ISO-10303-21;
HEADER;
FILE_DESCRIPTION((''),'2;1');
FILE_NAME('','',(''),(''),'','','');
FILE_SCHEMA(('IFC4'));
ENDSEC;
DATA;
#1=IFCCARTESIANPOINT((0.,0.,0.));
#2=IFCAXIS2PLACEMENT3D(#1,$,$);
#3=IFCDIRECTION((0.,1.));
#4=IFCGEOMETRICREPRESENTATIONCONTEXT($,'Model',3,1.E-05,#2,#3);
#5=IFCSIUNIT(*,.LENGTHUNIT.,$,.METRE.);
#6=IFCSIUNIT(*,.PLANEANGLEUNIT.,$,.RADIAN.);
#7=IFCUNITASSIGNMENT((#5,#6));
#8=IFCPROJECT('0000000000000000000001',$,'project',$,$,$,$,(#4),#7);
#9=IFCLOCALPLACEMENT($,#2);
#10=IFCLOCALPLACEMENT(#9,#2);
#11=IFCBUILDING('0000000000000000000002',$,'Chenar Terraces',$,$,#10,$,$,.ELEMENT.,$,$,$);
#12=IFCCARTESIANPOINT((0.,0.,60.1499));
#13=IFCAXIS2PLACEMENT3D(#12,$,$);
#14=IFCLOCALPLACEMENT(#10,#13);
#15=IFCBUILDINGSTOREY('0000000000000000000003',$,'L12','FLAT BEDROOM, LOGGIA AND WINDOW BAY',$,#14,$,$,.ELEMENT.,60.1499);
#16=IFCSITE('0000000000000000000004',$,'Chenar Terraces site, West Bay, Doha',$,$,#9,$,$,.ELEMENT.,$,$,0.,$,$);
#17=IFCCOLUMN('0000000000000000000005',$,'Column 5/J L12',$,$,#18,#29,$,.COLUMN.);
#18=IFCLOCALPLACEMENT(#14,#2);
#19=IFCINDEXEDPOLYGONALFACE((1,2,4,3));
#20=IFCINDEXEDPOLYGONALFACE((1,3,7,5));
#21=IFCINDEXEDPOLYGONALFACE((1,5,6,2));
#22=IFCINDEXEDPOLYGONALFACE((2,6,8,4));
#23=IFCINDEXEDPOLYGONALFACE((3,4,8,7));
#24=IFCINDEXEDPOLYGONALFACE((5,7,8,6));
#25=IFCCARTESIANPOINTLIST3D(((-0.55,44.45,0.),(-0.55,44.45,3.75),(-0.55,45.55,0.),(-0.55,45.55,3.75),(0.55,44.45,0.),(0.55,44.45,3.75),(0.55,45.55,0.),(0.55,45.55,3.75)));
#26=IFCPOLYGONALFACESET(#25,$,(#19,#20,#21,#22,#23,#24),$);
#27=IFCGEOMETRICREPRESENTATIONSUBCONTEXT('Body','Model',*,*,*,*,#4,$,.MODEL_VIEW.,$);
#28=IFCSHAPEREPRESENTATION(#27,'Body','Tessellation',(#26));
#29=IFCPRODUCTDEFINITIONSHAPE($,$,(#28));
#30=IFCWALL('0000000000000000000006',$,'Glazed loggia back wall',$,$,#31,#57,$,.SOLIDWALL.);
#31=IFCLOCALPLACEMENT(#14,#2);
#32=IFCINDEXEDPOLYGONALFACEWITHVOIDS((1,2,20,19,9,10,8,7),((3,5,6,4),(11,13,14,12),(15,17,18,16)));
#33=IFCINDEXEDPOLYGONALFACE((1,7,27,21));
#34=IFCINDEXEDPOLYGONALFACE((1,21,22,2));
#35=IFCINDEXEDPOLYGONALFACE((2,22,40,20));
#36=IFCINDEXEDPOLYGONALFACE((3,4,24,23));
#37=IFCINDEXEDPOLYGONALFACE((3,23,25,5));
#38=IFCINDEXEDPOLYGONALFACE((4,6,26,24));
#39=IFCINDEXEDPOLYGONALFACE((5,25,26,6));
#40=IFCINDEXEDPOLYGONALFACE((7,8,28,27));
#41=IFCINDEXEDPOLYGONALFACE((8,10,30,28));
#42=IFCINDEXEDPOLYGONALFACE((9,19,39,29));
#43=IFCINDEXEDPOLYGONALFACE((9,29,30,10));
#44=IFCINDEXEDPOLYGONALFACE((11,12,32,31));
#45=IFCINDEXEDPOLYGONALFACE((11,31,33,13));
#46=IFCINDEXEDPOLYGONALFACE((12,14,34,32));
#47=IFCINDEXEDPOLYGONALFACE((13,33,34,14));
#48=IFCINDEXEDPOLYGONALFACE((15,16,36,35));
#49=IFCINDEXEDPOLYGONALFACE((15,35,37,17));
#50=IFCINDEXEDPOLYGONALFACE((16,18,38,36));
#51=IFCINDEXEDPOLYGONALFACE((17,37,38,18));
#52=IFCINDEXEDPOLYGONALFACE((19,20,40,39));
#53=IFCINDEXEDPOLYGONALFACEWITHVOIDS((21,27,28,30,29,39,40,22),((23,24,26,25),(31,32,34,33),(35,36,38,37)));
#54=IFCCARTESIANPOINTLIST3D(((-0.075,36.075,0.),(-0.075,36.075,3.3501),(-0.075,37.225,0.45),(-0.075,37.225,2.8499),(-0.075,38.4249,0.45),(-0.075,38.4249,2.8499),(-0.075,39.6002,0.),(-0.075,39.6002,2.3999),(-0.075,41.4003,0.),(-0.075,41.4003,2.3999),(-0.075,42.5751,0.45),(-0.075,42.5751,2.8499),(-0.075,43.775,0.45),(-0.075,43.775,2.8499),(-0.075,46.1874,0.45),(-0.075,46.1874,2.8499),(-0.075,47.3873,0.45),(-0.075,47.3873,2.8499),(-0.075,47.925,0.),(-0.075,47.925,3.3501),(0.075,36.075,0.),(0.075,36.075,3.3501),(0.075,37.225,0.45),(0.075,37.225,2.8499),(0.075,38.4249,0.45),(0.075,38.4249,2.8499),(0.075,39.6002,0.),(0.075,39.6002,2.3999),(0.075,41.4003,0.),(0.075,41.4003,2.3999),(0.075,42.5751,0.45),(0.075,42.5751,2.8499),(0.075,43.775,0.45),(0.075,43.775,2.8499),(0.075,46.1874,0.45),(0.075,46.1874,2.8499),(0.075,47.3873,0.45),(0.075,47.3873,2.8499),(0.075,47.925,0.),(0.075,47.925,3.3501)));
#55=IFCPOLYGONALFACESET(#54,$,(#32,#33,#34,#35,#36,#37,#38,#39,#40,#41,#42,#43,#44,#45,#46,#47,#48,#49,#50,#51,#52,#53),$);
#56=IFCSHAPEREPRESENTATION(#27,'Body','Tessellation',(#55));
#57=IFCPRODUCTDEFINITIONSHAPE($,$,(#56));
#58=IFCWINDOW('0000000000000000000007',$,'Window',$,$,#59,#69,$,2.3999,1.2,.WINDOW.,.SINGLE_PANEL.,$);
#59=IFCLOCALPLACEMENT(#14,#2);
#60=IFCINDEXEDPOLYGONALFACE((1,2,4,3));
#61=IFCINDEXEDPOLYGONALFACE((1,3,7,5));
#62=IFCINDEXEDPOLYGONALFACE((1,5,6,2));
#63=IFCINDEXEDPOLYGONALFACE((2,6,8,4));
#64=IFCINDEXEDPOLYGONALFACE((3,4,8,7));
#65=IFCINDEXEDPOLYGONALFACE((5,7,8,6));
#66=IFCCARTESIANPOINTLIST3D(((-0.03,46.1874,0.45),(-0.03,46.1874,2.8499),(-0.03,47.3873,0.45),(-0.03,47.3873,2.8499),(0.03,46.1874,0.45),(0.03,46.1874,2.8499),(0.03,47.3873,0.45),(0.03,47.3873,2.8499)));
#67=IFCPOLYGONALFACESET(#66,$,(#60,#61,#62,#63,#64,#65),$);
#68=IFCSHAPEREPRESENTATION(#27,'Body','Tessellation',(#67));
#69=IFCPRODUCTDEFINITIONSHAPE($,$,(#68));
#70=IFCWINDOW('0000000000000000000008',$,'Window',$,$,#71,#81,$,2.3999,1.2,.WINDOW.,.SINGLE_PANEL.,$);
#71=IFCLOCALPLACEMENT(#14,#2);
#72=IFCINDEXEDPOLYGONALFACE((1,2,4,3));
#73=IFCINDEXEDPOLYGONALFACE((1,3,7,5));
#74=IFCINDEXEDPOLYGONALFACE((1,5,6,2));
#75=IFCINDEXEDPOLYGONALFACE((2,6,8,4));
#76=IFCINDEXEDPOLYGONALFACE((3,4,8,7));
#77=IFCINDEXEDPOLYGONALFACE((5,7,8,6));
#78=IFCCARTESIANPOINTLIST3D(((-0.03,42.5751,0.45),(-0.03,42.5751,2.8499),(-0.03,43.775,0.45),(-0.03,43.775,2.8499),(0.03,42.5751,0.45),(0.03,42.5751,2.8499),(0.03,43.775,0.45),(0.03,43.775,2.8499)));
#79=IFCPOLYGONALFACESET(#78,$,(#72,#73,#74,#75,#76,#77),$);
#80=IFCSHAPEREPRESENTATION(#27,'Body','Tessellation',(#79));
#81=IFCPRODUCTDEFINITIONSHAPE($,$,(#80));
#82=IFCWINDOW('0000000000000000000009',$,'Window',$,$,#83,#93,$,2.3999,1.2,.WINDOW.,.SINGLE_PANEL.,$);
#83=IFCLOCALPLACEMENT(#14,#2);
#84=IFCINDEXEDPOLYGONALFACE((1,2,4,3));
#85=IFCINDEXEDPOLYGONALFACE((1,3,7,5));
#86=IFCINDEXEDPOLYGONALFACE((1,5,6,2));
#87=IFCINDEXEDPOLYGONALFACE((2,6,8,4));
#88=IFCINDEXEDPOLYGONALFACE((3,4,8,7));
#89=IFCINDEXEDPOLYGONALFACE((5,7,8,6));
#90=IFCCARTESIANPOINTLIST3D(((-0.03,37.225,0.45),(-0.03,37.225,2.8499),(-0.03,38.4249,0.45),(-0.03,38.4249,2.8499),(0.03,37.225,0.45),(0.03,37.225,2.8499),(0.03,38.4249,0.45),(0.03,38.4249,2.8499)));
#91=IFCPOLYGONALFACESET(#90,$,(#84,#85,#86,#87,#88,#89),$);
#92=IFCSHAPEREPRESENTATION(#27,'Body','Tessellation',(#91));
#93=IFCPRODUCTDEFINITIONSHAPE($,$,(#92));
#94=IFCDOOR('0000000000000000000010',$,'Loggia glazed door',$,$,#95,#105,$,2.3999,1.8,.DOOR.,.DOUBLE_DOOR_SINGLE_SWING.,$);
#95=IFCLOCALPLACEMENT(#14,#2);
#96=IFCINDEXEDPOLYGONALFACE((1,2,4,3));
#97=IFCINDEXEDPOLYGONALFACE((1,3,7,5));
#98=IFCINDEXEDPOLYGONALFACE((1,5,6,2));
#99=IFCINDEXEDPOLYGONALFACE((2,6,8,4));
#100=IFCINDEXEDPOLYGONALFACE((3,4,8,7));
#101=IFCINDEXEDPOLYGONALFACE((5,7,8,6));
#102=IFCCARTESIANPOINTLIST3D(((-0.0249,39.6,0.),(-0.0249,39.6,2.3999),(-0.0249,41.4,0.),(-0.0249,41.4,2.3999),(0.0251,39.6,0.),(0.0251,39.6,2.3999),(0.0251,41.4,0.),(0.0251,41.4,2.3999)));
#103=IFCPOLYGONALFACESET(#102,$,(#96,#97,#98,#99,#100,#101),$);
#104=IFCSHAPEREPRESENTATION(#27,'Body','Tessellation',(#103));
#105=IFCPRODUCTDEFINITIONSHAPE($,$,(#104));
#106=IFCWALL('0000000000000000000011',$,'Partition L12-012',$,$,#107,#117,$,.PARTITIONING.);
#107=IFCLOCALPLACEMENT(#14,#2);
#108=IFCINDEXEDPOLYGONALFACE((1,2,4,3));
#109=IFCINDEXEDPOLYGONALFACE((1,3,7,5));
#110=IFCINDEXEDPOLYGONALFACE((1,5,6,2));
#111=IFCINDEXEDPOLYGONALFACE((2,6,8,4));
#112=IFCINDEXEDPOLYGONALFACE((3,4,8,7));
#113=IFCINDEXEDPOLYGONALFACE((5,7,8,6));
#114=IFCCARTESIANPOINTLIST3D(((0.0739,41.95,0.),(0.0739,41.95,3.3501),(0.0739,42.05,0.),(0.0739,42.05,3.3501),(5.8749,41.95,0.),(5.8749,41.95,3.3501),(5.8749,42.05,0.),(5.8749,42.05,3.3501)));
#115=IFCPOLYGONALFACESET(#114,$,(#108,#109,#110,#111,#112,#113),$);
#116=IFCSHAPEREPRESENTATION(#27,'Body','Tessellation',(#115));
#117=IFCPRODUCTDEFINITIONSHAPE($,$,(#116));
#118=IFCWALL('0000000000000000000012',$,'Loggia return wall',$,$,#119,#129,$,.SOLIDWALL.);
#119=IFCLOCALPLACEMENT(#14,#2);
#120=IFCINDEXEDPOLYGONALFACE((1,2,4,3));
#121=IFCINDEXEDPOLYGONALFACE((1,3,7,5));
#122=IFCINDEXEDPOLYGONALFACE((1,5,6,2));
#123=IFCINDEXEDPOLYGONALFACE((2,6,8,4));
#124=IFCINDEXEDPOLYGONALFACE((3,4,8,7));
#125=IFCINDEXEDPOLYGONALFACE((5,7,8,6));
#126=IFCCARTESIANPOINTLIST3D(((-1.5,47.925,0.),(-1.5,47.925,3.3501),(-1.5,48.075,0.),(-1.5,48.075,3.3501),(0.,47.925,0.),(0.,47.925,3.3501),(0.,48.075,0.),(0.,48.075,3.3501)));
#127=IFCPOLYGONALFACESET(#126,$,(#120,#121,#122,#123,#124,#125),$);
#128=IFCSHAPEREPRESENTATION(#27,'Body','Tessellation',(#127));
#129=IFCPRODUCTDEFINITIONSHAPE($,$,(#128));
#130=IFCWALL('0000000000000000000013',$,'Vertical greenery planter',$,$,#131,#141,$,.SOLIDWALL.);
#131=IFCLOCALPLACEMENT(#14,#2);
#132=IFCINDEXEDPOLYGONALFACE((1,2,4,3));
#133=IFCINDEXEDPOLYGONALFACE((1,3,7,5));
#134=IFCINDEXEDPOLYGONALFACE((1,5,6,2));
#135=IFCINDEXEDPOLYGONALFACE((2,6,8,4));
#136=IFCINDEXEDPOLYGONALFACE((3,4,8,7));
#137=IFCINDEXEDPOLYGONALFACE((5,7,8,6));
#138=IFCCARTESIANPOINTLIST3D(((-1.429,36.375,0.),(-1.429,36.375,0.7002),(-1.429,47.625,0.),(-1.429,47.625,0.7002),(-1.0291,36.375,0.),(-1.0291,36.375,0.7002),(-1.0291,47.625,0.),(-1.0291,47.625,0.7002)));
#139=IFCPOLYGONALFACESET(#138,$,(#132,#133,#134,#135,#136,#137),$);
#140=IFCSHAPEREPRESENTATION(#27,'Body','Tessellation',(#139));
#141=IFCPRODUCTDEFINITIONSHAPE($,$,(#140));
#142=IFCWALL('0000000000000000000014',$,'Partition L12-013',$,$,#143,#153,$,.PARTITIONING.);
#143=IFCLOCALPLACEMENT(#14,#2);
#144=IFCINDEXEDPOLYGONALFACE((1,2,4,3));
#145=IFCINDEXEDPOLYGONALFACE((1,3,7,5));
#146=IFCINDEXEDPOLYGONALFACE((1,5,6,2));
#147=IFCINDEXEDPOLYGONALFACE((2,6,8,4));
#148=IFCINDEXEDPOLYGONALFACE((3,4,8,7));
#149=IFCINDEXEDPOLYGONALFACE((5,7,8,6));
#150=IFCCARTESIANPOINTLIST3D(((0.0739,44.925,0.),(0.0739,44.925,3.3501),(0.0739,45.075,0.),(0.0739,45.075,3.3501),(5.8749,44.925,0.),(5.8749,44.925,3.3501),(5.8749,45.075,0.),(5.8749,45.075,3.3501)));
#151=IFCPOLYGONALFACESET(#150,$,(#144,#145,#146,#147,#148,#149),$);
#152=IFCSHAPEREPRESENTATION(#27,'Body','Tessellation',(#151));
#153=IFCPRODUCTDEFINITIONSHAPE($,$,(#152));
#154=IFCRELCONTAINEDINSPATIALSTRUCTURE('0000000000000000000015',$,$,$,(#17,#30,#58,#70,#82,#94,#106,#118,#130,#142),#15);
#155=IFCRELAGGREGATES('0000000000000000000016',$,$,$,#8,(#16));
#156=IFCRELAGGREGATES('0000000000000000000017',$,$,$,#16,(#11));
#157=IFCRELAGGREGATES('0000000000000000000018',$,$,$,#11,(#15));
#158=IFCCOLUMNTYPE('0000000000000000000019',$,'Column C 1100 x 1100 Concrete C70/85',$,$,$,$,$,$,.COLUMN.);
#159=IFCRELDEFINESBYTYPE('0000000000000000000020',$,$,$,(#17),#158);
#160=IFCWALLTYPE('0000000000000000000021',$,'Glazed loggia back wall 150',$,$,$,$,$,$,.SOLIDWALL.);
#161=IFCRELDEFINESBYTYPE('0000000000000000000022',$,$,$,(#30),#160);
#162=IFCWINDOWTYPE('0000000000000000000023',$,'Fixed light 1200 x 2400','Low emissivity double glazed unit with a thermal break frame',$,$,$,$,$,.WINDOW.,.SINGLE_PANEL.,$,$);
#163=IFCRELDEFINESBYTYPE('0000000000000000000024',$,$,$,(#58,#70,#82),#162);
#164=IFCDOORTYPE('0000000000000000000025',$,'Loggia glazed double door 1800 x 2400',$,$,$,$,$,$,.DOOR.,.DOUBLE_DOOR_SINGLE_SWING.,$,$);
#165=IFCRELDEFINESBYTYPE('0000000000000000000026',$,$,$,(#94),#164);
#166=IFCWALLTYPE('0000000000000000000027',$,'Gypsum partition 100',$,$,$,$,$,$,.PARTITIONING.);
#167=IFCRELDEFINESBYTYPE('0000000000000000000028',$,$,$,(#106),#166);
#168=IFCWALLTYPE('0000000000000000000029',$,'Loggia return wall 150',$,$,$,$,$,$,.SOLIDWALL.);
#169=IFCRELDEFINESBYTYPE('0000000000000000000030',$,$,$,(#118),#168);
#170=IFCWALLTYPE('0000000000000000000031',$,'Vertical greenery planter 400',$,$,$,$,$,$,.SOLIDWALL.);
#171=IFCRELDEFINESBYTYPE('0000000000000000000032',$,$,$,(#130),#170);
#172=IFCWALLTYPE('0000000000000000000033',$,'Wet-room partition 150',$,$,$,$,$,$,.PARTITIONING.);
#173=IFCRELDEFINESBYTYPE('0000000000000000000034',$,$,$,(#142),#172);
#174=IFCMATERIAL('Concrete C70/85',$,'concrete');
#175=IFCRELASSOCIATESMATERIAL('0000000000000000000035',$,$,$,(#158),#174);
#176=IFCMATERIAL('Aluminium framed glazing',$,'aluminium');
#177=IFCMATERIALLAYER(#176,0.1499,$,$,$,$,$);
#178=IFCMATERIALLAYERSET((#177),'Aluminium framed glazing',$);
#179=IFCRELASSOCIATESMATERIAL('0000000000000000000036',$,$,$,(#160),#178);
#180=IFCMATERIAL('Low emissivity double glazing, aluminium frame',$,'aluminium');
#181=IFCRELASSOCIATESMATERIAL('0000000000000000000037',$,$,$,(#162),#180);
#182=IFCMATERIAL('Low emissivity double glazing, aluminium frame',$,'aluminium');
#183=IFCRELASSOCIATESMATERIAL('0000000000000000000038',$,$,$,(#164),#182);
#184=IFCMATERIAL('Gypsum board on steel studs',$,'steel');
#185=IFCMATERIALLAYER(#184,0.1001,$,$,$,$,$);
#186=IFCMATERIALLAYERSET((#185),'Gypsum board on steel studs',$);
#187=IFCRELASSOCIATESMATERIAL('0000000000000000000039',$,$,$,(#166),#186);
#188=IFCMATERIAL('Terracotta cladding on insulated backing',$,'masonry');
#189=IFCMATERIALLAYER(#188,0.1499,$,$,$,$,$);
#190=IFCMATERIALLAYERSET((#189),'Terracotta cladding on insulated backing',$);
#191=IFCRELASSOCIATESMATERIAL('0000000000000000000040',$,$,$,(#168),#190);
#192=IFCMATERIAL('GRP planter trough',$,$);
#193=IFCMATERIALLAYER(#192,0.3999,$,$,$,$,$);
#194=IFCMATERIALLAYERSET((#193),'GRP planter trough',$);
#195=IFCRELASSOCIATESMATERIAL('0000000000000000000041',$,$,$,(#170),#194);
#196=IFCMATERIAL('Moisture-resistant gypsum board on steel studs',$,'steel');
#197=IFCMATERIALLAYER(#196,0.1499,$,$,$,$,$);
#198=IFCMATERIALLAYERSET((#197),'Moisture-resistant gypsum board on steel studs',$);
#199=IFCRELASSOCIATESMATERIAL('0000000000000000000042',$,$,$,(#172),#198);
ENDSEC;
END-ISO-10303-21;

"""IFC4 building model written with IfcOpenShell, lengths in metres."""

from ifc_helpers import new_model, si_unit, direction, frame, frame_2d, origin, origin_2d, place, context, subcontext, project, spatial, rectangle, extrude, material, layer, layer_set, material_profile, profile_set, type_object, element, fill, save


model = new_model("IFC4")

# Units and contexts
model_context = context("Model", 3, precision=1e-05, world=origin(), true_north=direction((0.0, 1.0)))
body_context = subcontext(model_context, "Body", "Model", "MODEL_VIEW")
ifc_project = project(units=[si_unit("LENGTHUNIT", "METRE"), si_unit("PLANEANGLEUNIT", "RADIAN")], contexts=[model_context])

# Site, building, storey
site_placement = place(None, origin())
site = spatial("IfcSite", under=ifc_project, at=site_placement, Name="Chenar Terraces site, West Bay, Doha", CompositionType="ELEMENT", RefElevation=0.0)
building_placement = place(site_placement, origin())
building = spatial("IfcBuilding", under=site, at=building_placement, Name="Chenar Terraces", CompositionType="ELEMENT")
storey_placement = place(building_placement, frame((0.0, 0.0, 60.1499)))
storey = spatial("IfcBuildingStorey", under=building, at=storey_placement, Name="L12", Description="FLAT BEDROOM, LOGGIA AND WINDOW BAY", CompositionType="ELEMENT", Elevation=60.1499)

# Column
ifc_material_1 = material(Name="Concrete C70/85", Category="concrete")
ifc_material_profile = material_profile(ifc_material_1, rectangle(XDim=1.1001, YDim=1.1001, at=origin_2d()), Name="C 1100 x 1100")
ifc_profile_set = profile_set([ifc_material_profile], Name="Concrete C70/85")
column_type = type_object("IfcColumnType", Name="Column C 1100 x 1100 Concrete C70/85", PredefinedType="COLUMN", material=ifc_profile_set)
column_placement = place(storey_placement, frame((0.0, 45.0, 0.0), z_axis=(0.0, 0.0, 1.0), x_axis=(1.0, 0.0, 0.0)))
element("IfcColumn", 1, at=column_placement, inside=storey, type_object=column_type, Name="Column 5/J L12", PredefinedType="COLUMN", context=body_context, shape_type="SweptSolid", body=[
    extrude(rectangle(XDim=1.1001, YDim=1.1001, at=origin_2d()), origin(), (0.0, 0.0, 1.0), 3.75),
])

# Wall, openings, windows, door
ifc_material_2 = material(Name="Aluminium framed glazing", Category="aluminium")
ifc_layer_1 = layer(ifc_material_2, 0.1499)
ifc_layer_set_1 = layer_set([ifc_layer_1], Name="Aluminium framed glazing")
wall_type_1 = type_object("IfcWallType", Name="Glazed loggia back wall 150", PredefinedType="SOLIDWALL", material=ifc_layer_set_1)
wall_1_placement = place(storey_placement, frame((0.0, 47.925, 0.0), z_axis=(0.0, 0.0, 1.0), x_axis=(0.0, -1.0, 0.0)))
wall_1 = element("IfcWall", 2, at=wall_1_placement, inside=storey, type_object=wall_type_1, Name="Glazed loggia back wall", PredefinedType="SOLIDWALL", context=body_context, shape_type="SweptSolid", body=[
    extrude(rectangle(XDim=11.8501, YDim=0.1499, at=frame_2d((5.925, 0.0))), origin(), (0.0, 0.0, 1.0), 3.3501),
])
opening_1_placement = place(wall_1_placement, frame((0.5376, 0.0, 0.45)))
opening_1 = element("IfcOpeningElement", 3, at=opening_1_placement, cuts=wall_1, PredefinedType="OPENING", context=body_context, shape_type="SweptSolid", body=[
    extrude(rectangle(XDim=1.2, YDim=2.3999, at=frame_2d((0.6001, 1.2))), frame((0.0, 0.085, 0.0), z_axis=(0.0, -1.0, 0.0), x_axis=(1.0, 0.0, 0.0)), (0.0, 0.0, 1.0), 0.1699),
])
opening_2_placement = place(wall_1_placement, frame((4.1499, 0.0, 0.45)))
opening_2 = element("IfcOpeningElement", 4, at=opening_2_placement, cuts=wall_1, PredefinedType="OPENING", context=body_context, shape_type="SweptSolid", body=[
    extrude(rectangle(XDim=1.2, YDim=2.3999, at=frame_2d((0.6001, 1.2))), frame((0.0, 0.085, 0.0), z_axis=(0.0, -1.0, 0.0), x_axis=(1.0, 0.0, 0.0)), (0.0, 0.0, 1.0), 0.1699),
])
opening_3_placement = place(wall_1_placement, frame((6.5249, 0.0, 0.0)))
opening_3 = element("IfcOpeningElement", 5, at=opening_3_placement, cuts=wall_1, PredefinedType="OPENING", context=body_context, shape_type="SweptSolid", body=[
    extrude(rectangle(XDim=1.8, YDim=2.3999, at=frame_2d((0.8999, 1.2))), frame((0.0, 0.085, 0.0), z_axis=(0.0, -1.0, 0.0), x_axis=(1.0, 0.0, 0.0)), (0.0, 0.0, 1.0), 0.1699),
])
opening_4_placement = place(wall_1_placement, frame((9.5, 0.0, 0.45)))
opening_4 = element("IfcOpeningElement", 6, at=opening_4_placement, cuts=wall_1, PredefinedType="OPENING", context=body_context, shape_type="SweptSolid", body=[
    extrude(rectangle(XDim=1.2, YDim=2.3999, at=frame_2d((0.6001, 1.2))), frame((0.0, 0.085, 0.0), z_axis=(0.0, -1.0, 0.0), x_axis=(1.0, 0.0, 0.0)), (0.0, 0.0, 1.0), 0.1699),
])
ifc_material_3 = material(Name="Low emissivity double glazing, aluminium frame", Category="aluminium")
window_type = type_object("IfcWindowType", Name="Fixed light 1200 x 2400", Description="Low emissivity double glazed unit with a thermal break frame", PartitioningType="SINGLE_PANEL", PredefinedType="WINDOW", material=ifc_material_3)
window_1_placement = place(opening_1_placement, origin())
window_1 = element("IfcWindow", 7, at=window_1_placement, inside=storey, type_object=window_type, Name="Window", OverallHeight=2.3999, OverallWidth=1.2, PartitioningType="SINGLE_PANEL", PredefinedType="WINDOW", context=body_context, shape_type="SweptSolid", body=[
    extrude(rectangle(XDim=1.2, YDim=2.3999, at=frame_2d((0.6001, 1.2))), frame((0.0, 0.03, 0.0), z_axis=(0.0, -1.0, 0.0), x_axis=(1.0, 0.0, 0.0)), (0.0, 0.0, 1.0), 0.0601),
])
fill(opening_1, window_1)
window_2_placement = place(opening_2_placement, origin())
window_2 = element("IfcWindow", 8, at=window_2_placement, inside=storey, type_object=window_type, Name="Window", OverallHeight=2.3999, OverallWidth=1.2, PartitioningType="SINGLE_PANEL", PredefinedType="WINDOW", context=body_context, shape_type="SweptSolid", body=[
    extrude(rectangle(XDim=1.2, YDim=2.3999, at=frame_2d((0.6001, 1.2))), frame((0.0, 0.03, 0.0), z_axis=(0.0, -1.0, 0.0), x_axis=(1.0, 0.0, 0.0)), (0.0, 0.0, 1.0), 0.0601),
])
fill(opening_2, window_2)
window_3_placement = place(opening_4_placement, origin())
window_3 = element("IfcWindow", 9, at=window_3_placement, inside=storey, type_object=window_type, Name="Window", OverallHeight=2.3999, OverallWidth=1.2, PartitioningType="SINGLE_PANEL", PredefinedType="WINDOW", context=body_context, shape_type="SweptSolid", body=[
    extrude(rectangle(XDim=1.2, YDim=2.3999, at=frame_2d((0.6001, 1.2))), frame((0.0, 0.03, 0.0), z_axis=(0.0, -1.0, 0.0), x_axis=(1.0, 0.0, 0.0)), (0.0, 0.0, 1.0), 0.0601),
])
fill(opening_4, window_3)
ifc_material_4 = material(Name="Low emissivity double glazing, aluminium frame", Category="aluminium")
door_type_1 = type_object("IfcDoorType", Name="Loggia glazed double door 1800 x 2400", OperationType="DOUBLE_DOOR_SINGLE_SWING", PredefinedType="DOOR", material=ifc_material_4)
door_1_placement = place(opening_3_placement, frame((1.8, 0.0, 0.0), z_axis=(0.0, 0.0, 1.0), x_axis=(-1.0, 0.0, 0.0)))
door_1 = element("IfcDoor", 10, at=door_1_placement, inside=storey, type_object=door_type_1, Name="Loggia glazed door", OperationType="DOUBLE_DOOR_SINGLE_SWING", OverallHeight=2.3999, OverallWidth=1.8, PredefinedType="DOOR", context=body_context, shape_type="SweptSolid", body=[
    extrude(rectangle(XDim=1.8, YDim=2.3999, at=frame_2d((0.8999, 1.2))), frame((0.0, 0.0249, 0.0), z_axis=(0.0, -1.0, 0.0), x_axis=(1.0, 0.0, 0.0)), (0.0, 0.0, 1.0), 0.05),
])
fill(opening_3, door_1)

# Walls
ifc_material_5 = material(Name="Gypsum board on steel studs", Category="steel")
ifc_layer_2 = layer(ifc_material_5, 0.1001)
ifc_layer_set_2 = layer_set([ifc_layer_2], Name="Gypsum board on steel studs")
wall_type_2 = type_object("IfcWallType", Name="Gypsum partition 100", PredefinedType="PARTITIONING", material=ifc_layer_set_2)
wall_2_placement = place(storey_placement, frame((0.074, 42.0, 0.0), z_axis=(0.0, 0.0, 1.0), x_axis=(1.0, 0.0, 0.0)))
element("IfcWall", 11, at=wall_2_placement, inside=storey, type_object=wall_type_2, Name="Partition L12-012", PredefinedType="PARTITIONING", context=body_context, shape_type="SweptSolid", body=[
    extrude(rectangle(XDim=5.801, YDim=0.1001, at=frame_2d((2.9004, 0.0))), origin(), (0.0, 0.0, 1.0), 3.3501),
])
ifc_material_6 = material(Name="Terracotta cladding on insulated backing", Category="masonry")
ifc_layer_3 = layer(ifc_material_6, 0.1499)
ifc_layer_set_3 = layer_set([ifc_layer_3], Name="Terracotta cladding on insulated backing")
wall_type_3 = type_object("IfcWallType", Name="Loggia return wall 150", PredefinedType="SOLIDWALL", material=ifc_layer_set_3)
wall_3_placement = place(storey_placement, frame((-1.5, 48.0, 0.0), z_axis=(0.0, 0.0, 1.0), x_axis=(1.0, 0.0, 0.0)))
element("IfcWall", 12, at=wall_3_placement, inside=storey, type_object=wall_type_3, Name="Loggia return wall", PredefinedType="SOLIDWALL", context=body_context, shape_type="SweptSolid", body=[
    extrude(rectangle(XDim=1.5, YDim=0.1499, at=frame_2d((0.75, 0.0))), origin(), (0.0, 0.0, 1.0), 3.3501),
])
ifc_material_7 = material(Name="GRP planter trough")
ifc_layer_4 = layer(ifc_material_7, 0.3999)
ifc_layer_set_4 = layer_set([ifc_layer_4], Name="GRP planter trough")
wall_type_4 = type_object("IfcWallType", Name="Vertical greenery planter 400", PredefinedType="SOLIDWALL", material=ifc_layer_set_4)
wall_4_placement = place(storey_placement, frame((-1.229, 47.625, 0.0), z_axis=(0.0, 0.0, 1.0), x_axis=(0.0, -1.0, 0.0)))
element("IfcWall", 13, at=wall_4_placement, inside=storey, type_object=wall_type_4, Name="Vertical greenery planter", PredefinedType="SOLIDWALL", context=body_context, shape_type="SweptSolid", body=[
    extrude(rectangle(XDim=11.25, YDim=0.3999, at=frame_2d((5.625, 0.0))), origin(), (0.0, 0.0, 1.0), 0.7002),
])
ifc_material_8 = material(Name="Moisture-resistant gypsum board on steel studs", Category="steel")
ifc_layer_5 = layer(ifc_material_8, 0.1499)
ifc_layer_set_5 = layer_set([ifc_layer_5], Name="Moisture-resistant gypsum board on steel studs")
wall_type_5 = type_object("IfcWallType", Name="Wet-room partition 150", PredefinedType="PARTITIONING", material=ifc_layer_set_5)
wall_5_placement = place(storey_placement, frame((0.074, 45.0, 0.0), z_axis=(0.0, 0.0, 1.0), x_axis=(1.0, 0.0, 0.0)))
element("IfcWall", 14, at=wall_5_placement, inside=storey, type_object=wall_type_5, Name="Partition L12-013", PredefinedType="PARTITIONING", context=body_context, shape_type="SweptSolid", body=[
    extrude(rectangle(XDim=5.801, YDim=0.1499, at=frame_2d((2.9004, 0.0))), origin(), (0.0, 0.0, 1.0), 3.3501),
])

save(model, "model.ifc")
